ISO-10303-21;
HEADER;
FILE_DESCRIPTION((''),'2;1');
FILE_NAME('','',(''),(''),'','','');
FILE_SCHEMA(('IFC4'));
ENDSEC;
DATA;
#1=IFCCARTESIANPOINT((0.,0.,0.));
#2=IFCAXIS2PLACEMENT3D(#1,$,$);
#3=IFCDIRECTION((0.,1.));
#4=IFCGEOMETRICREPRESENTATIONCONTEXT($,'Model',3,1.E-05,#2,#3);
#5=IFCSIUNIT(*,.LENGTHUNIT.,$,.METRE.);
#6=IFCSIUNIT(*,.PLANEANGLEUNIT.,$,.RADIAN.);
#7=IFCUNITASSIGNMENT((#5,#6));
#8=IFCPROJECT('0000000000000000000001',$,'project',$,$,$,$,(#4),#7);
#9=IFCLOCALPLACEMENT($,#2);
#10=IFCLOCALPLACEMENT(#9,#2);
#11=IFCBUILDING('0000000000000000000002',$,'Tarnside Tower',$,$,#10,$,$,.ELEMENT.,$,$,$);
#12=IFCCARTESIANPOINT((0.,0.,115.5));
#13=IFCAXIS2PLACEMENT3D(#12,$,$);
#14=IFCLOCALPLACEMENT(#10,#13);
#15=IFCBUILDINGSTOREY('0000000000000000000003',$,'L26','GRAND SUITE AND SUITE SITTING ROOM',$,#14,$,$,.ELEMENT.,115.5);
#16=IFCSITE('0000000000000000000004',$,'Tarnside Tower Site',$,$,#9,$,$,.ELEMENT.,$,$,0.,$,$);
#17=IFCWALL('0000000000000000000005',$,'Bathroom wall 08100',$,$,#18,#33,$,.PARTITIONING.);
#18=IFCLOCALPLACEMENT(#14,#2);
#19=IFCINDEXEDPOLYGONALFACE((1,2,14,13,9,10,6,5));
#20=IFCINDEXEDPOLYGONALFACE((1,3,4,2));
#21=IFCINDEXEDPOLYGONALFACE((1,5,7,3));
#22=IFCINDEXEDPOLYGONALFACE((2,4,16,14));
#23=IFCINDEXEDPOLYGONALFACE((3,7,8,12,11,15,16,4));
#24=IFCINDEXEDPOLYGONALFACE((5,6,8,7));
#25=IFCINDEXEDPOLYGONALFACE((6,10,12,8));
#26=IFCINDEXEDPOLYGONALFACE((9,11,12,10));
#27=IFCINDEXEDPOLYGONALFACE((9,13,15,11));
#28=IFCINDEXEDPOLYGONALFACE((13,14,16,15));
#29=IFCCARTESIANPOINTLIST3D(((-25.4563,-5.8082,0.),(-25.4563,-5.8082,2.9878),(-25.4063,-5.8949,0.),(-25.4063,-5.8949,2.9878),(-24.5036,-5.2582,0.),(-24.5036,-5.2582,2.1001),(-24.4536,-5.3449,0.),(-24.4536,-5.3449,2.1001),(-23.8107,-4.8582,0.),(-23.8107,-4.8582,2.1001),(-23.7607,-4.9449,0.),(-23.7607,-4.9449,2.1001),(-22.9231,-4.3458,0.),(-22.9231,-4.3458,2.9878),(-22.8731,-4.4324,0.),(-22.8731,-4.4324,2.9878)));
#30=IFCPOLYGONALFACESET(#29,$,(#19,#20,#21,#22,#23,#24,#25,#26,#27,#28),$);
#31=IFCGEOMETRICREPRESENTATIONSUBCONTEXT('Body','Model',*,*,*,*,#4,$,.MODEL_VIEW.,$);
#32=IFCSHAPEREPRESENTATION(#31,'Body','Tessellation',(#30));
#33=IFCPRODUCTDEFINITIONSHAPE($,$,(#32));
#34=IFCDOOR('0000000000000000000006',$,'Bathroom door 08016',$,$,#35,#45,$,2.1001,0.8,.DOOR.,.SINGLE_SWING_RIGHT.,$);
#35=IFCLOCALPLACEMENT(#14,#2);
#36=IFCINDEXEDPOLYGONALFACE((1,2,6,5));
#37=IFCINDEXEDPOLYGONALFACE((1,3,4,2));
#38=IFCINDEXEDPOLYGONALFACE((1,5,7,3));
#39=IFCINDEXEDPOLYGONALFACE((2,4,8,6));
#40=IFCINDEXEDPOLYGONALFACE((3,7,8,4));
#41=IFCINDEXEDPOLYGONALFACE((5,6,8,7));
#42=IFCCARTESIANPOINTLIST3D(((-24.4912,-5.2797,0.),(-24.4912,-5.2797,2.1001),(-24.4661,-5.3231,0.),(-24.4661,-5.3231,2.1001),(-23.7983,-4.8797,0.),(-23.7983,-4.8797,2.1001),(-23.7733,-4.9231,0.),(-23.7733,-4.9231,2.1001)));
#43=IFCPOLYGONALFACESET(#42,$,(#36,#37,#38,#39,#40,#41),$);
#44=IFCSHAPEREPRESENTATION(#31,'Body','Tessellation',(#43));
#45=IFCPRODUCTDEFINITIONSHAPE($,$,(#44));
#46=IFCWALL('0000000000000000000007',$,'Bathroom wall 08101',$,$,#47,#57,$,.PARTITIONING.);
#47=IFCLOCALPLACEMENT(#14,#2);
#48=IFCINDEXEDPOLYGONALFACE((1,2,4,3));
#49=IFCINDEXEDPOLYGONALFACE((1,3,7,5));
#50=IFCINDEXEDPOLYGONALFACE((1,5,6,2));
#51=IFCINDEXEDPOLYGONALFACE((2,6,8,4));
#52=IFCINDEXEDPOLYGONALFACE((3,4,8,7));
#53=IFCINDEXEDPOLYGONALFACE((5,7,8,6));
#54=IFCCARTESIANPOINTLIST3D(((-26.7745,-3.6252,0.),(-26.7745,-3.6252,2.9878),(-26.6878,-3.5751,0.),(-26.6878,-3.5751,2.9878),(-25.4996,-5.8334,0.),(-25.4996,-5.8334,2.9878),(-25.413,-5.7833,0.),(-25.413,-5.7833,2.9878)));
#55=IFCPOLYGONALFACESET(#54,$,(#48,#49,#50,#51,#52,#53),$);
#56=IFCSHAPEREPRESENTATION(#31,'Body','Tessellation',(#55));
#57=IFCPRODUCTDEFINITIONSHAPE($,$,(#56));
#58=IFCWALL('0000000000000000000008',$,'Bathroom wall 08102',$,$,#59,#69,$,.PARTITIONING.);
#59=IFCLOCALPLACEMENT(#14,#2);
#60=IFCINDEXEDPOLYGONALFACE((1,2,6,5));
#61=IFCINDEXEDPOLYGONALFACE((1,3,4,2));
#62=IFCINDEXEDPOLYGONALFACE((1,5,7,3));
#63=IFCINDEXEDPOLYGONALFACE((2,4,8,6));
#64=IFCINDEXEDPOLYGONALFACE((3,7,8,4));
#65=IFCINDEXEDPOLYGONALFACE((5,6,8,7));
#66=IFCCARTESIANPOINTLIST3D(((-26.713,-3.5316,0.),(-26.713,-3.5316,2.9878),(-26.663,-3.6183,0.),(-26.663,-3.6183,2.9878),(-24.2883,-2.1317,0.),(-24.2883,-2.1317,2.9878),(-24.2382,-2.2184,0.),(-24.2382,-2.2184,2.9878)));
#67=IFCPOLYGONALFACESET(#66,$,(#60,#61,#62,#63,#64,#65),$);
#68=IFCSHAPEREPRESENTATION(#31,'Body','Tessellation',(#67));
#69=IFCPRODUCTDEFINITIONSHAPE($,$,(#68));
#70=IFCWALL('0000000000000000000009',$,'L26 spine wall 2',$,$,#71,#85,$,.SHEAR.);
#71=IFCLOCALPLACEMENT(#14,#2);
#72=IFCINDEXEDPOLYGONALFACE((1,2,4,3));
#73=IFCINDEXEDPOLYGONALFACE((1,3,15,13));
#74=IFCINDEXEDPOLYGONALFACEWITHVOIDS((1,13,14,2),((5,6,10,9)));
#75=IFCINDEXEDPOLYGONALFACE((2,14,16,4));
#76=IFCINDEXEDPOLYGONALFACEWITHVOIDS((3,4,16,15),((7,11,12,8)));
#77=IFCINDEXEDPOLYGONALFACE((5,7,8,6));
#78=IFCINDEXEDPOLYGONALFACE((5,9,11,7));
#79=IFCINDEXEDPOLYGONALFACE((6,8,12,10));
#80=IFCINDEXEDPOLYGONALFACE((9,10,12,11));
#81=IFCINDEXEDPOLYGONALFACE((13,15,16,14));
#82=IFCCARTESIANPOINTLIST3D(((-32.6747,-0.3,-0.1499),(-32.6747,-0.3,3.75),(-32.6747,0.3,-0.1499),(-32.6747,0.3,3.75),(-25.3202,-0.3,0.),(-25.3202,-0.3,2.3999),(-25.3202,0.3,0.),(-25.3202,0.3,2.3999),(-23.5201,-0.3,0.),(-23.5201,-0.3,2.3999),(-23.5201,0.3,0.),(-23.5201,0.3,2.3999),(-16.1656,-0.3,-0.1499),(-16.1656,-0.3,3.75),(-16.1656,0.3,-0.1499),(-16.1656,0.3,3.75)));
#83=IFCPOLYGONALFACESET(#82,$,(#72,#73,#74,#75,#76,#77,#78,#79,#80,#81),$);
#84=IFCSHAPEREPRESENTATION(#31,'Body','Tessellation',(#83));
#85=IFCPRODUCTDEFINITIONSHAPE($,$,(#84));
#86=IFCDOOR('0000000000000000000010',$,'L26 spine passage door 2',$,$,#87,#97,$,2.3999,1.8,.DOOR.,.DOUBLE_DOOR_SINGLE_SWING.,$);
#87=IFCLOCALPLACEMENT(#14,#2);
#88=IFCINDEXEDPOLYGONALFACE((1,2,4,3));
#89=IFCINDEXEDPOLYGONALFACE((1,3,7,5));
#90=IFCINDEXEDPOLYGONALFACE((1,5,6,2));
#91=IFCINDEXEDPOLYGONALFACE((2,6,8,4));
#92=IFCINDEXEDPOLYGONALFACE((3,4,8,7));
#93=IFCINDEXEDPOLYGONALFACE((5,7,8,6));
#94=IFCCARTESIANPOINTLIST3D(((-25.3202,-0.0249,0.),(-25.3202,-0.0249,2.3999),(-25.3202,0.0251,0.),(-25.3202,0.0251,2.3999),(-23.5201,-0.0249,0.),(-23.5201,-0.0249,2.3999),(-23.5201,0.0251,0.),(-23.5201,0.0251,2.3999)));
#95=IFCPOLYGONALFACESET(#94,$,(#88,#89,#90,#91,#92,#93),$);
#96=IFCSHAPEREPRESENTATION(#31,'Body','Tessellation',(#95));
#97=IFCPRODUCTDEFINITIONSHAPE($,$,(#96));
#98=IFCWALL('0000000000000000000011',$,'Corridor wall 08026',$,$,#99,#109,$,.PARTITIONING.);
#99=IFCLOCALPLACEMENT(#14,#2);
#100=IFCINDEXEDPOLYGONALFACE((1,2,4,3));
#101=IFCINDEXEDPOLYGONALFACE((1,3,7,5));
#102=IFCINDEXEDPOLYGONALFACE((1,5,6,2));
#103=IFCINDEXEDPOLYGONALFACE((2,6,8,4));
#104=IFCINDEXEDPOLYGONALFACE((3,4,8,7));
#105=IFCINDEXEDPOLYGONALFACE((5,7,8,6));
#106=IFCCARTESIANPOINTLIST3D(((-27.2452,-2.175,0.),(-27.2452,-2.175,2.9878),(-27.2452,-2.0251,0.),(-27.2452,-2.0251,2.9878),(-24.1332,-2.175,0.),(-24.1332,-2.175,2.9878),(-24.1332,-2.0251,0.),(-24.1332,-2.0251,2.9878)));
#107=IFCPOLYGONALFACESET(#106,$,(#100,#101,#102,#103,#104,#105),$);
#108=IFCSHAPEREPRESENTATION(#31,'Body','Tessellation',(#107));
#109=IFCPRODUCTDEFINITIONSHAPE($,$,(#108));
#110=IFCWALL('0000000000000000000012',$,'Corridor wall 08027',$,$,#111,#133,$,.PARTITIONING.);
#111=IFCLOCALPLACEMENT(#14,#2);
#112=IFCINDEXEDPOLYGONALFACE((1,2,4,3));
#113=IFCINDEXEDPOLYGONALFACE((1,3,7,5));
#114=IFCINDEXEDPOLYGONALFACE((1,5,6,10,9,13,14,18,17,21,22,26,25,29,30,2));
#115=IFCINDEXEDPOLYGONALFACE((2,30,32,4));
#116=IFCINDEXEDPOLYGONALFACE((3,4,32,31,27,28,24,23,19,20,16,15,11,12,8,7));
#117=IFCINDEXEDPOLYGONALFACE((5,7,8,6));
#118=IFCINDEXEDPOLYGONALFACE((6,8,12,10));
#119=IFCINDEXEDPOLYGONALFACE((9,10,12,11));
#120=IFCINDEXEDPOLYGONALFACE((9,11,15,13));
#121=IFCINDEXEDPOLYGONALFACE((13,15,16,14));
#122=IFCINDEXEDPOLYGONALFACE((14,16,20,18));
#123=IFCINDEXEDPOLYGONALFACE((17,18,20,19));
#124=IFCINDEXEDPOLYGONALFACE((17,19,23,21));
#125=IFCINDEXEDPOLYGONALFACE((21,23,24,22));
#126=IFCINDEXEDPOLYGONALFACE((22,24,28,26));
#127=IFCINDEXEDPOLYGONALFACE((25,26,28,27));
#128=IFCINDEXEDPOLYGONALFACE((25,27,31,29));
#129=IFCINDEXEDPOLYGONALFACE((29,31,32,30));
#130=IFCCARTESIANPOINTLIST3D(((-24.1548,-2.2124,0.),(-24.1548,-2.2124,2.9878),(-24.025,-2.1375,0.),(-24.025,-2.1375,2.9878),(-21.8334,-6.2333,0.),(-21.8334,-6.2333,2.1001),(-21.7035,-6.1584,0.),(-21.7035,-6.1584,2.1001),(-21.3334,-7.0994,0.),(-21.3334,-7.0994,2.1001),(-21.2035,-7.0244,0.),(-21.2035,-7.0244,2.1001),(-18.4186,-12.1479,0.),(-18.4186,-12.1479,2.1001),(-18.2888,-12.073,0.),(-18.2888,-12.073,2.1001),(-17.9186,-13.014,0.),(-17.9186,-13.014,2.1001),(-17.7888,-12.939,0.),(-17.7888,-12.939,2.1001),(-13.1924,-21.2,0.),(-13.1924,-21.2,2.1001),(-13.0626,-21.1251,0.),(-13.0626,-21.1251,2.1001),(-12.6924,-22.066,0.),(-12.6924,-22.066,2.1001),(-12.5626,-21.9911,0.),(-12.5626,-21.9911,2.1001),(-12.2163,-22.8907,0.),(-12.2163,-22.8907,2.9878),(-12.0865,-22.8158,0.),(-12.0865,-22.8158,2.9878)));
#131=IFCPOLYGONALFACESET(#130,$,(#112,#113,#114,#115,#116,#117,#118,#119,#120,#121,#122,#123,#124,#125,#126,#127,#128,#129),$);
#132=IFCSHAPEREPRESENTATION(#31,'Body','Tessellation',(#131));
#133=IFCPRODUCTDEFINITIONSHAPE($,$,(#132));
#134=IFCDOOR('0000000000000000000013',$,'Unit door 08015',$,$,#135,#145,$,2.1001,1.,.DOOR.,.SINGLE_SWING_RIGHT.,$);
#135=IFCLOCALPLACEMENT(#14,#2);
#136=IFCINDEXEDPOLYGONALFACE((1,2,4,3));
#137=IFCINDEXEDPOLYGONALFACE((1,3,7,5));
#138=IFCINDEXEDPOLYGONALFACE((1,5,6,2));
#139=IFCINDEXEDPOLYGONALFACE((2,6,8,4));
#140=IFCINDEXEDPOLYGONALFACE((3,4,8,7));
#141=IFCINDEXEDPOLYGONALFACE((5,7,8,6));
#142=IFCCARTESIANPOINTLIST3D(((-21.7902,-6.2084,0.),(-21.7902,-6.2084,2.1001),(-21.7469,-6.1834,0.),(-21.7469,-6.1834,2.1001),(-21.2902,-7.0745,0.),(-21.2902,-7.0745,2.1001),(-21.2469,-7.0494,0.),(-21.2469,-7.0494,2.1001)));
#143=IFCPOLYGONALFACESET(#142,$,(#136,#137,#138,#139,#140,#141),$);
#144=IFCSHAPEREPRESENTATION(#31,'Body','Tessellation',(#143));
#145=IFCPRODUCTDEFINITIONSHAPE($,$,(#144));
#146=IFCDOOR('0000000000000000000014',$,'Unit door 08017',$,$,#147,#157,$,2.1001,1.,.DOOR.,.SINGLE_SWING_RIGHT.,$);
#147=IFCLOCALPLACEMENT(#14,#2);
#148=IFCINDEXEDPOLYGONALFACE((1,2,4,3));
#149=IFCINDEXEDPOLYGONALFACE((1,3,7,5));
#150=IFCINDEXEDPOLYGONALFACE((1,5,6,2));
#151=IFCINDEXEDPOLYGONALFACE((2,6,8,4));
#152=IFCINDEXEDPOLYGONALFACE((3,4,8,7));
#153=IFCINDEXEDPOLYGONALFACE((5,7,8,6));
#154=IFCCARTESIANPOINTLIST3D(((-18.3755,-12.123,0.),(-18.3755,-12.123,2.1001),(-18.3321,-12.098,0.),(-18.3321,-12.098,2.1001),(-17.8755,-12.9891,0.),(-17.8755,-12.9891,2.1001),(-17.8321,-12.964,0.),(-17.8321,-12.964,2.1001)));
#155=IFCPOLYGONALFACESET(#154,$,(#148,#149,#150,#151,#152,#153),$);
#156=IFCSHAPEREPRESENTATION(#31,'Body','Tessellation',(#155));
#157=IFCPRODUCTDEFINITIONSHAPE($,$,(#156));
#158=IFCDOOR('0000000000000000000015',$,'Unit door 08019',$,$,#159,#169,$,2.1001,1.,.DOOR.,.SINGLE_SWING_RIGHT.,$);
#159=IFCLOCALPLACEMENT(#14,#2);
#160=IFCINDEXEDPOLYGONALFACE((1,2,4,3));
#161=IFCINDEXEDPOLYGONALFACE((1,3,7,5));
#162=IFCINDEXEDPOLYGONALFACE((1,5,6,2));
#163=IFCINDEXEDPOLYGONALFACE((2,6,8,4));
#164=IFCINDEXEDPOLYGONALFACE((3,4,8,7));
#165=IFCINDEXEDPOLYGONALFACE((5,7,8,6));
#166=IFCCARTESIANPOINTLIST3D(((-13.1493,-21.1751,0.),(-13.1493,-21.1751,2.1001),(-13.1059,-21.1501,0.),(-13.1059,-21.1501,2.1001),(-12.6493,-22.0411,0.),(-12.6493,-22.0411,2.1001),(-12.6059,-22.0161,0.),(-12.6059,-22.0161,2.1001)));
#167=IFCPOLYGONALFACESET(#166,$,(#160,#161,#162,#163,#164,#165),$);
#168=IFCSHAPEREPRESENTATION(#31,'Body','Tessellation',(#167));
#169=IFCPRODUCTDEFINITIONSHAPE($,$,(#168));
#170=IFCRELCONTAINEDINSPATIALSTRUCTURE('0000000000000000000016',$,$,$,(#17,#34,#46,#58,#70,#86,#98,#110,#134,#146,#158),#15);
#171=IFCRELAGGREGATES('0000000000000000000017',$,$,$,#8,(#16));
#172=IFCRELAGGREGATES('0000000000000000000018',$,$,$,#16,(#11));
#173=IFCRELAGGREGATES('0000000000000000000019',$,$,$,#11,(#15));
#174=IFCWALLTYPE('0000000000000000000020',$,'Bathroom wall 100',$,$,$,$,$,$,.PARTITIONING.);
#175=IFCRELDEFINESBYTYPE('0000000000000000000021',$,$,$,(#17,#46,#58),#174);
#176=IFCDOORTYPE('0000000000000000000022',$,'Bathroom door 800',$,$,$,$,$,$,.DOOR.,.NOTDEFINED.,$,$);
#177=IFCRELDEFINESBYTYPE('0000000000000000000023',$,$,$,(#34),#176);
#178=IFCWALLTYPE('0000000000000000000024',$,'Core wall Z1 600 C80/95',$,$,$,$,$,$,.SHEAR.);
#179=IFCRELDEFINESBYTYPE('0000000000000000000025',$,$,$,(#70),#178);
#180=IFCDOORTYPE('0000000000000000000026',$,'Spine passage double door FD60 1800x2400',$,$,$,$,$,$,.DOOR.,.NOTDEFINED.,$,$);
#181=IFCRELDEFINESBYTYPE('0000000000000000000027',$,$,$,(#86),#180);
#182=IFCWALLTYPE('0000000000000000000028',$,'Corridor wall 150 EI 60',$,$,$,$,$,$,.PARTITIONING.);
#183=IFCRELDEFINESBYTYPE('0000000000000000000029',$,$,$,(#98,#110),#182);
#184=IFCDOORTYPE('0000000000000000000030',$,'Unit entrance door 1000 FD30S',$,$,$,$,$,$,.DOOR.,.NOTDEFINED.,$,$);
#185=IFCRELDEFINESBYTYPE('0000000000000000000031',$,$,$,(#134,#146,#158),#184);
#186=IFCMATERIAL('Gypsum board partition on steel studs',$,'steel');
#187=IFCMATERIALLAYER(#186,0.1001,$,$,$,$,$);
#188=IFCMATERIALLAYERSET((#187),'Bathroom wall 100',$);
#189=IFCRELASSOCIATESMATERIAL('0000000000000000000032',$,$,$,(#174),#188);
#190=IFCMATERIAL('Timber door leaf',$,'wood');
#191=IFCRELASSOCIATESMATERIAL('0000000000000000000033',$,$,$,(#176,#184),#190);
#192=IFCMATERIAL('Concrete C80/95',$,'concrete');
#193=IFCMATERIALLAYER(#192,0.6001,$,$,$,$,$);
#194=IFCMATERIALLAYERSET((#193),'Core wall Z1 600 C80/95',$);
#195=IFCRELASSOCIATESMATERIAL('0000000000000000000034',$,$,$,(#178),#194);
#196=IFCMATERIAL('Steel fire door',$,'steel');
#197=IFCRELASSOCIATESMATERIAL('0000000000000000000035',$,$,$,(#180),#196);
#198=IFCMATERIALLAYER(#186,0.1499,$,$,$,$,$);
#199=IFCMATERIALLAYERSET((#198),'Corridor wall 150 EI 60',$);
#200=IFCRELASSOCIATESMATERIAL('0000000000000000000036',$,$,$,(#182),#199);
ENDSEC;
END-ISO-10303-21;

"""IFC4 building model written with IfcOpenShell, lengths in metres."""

from ifc_helpers import new_model, si_unit, direction, frame, frame_2d, origin, place, context, subcontext, project, spatial, rectangle, extrude, material, layer, layer_set, type_object, element, fill, save


model = new_model("IFC4")

# Units and contexts
model_context = context("Model", 3, precision=1e-05, world=origin(), true_north=direction((0.0, 1.0)))
body_context = subcontext(model_context, "Body", "Model", "MODEL_VIEW")
ifc_project = project(units=[si_unit("LENGTHUNIT", "METRE"), si_unit("PLANEANGLEUNIT", "RADIAN")], contexts=[model_context])

# Site, building, storey
site_placement = place(None, origin())
site = spatial("IfcSite", under=ifc_project, at=site_placement, Name="Tarnside Tower Site", CompositionType="ELEMENT", RefElevation=0.0)
building_placement = place(site_placement, origin())
building = spatial("IfcBuilding", under=site, at=building_placement, Name="Tarnside Tower", CompositionType="ELEMENT")
storey_placement = place(building_placement, frame((0.0, 0.0, 115.5)))
storey = spatial("IfcBuildingStorey", under=building, at=storey_placement, Name="L26", Description="GRAND SUITE AND SUITE SITTING ROOM", CompositionType="ELEMENT", Elevation=115.5)

# Wall, opening, door
ifc_material_1 = material(Name="Gypsum board partition on steel studs", Category="steel")
ifc_layer_1 = layer(ifc_material_1, 0.1001)
ifc_layer_set_1 = layer_set([ifc_layer_1], Name="Bathroom wall 100")
wall_type_1 = type_object("IfcWallType", Name="Bathroom wall 100", PredefinedType="PARTITIONING", material=ifc_layer_set_1)
wall_1_placement = place(storey_placement, frame((-22.8982, -4.3892, 0.0), z_axis=(0.0, 0.0, 1.0), x_axis=(-0.866047, -0.499963, 0.0)))
wall_1 = element("IfcWall", 1, at=wall_1_placement, inside=storey, type_object=wall_type_1, Name="Bathroom wall 08100", PredefinedType="PARTITIONING", context=body_context, shape_type="SweptSolid", body=[
    extrude(rectangle(XDim=2.925, YDim=0.1001, at=frame_2d((1.4624, 0.0))), origin(), (0.0, 0.0, 1.0), 2.9878),
])
opening_1_placement = place(wall_1_placement, frame((1.0249, 0.0, 0.0)))
opening_1 = element("IfcOpeningElement", 2, at=opening_1_placement, cuts=wall_1, PredefinedType="OPENING", context=body_context, shape_type="SweptSolid", body=[
    extrude(rectangle(XDim=0.8, YDim=2.1001, at=frame_2d((0.3999, 1.05))), frame((0.0, 0.0601, 0.0), z_axis=(0.0, -1.0, 0.0), x_axis=(1.0, 0.0, 0.0)), (0.0, 0.0, 1.0), 0.1201),
])
ifc_material_2 = material(Name="Timber door leaf", Category="wood")
door_type_1 = type_object("IfcDoorType", Name="Bathroom door 800", OperationType="NOTDEFINED", PredefinedType="DOOR", material=ifc_material_2)
door_1_placement = place(opening_1_placement, origin())
door_1 = element("IfcDoor", 3, at=door_1_placement, inside=storey, type_object=door_type_1, Name="Bathroom door 08016", OperationType="SINGLE_SWING_RIGHT", OverallHeight=2.1001, OverallWidth=0.8, PredefinedType="DOOR", context=body_context, shape_type="SweptSolid", body=[
    extrude(rectangle(XDim=0.8, YDim=2.1001, at=frame_2d((0.3999, 1.05))), frame((0.0, 0.0249, 0.0), z_axis=(0.0, -1.0, 0.0), x_axis=(1.0, 0.0, 0.0)), (0.0, 0.0, 1.0), 0.05),
])
fill(opening_1, door_1)

# Walls
wall_2_placement = place(storey_placement, frame((-25.4563, -5.8083, 0.0), z_axis=(0.0, 0.0, 1.0), x_axis=(-0.49999, 0.866031, 0.0)))
element("IfcWall", 4, at=wall_2_placement, inside=storey, type_object=wall_type_1, Name="Bathroom wall 08101", PredefinedType="PARTITIONING", context=body_context, shape_type="SweptSolid", body=[
    extrude(rectangle(XDim=2.5498, YDim=0.1001, at=frame_2d((1.2749, 0.0))), origin(), (0.0, 0.0, 1.0), 2.9878),
])
wall_3_placement = place(storey_placement, frame((-26.688, -3.575, 0.0), z_axis=(0.0, 0.0, 1.0), x_axis=(0.866035, 0.499984, 0.0)))
element("IfcWall", 5, at=wall_3_placement, inside=storey, type_object=wall_type_1, Name="Bathroom wall 08102", PredefinedType="PARTITIONING", context=body_context, shape_type="SweptSolid", body=[
    extrude(rectangle(XDim=2.7998, YDim=0.1001, at=frame_2d((1.3999, 0.0))), origin(), (0.0, 0.0, 1.0), 2.9878),
])

# Wall, opening, door
ifc_material_3 = material(Name="Concrete C80/95", Category="concrete")
ifc_layer_2 = layer(ifc_material_3, 0.6001)
ifc_layer_set_2 = layer_set([ifc_layer_2], Name="Core wall Z1 600 C80/95")
wall_type_2 = type_object("IfcWallType", Name="Core wall Z1 600 C80/95", PredefinedType="SHEAR", material=ifc_layer_set_2)
wall_4_placement = place(storey_placement, frame((-16.1658, 0.0, -0.1499), z_axis=(0.0, 0.0, 1.0), x_axis=(-1.0, 0.0, 0.0)))
wall_4 = element("IfcWall", 6, at=wall_4_placement, inside=storey, type_object=wall_type_2, Name="L26 spine wall 2", PredefinedType="SHEAR", context=body_context, shape_type="SweptSolid", body=[
    extrude(rectangle(XDim=16.509, YDim=0.6001, at=frame_2d((8.2544, 0.0))), origin(), (0.0, 0.0, 1.0), 3.8999),
])
opening_2_placement = place(wall_4_placement, frame((7.3545, 0.0, 0.1499)))
opening_2 = element("IfcOpeningElement", 7, at=opening_2_placement, cuts=wall_4, PredefinedType="OPENING", context=body_context, shape_type="SweptSolid", body=[
    extrude(rectangle(XDim=1.8, YDim=2.3999, at=frame_2d((0.8999, 1.2))), frame((0.0, 0.3101, 0.0), z_axis=(0.0, -1.0, 0.0), x_axis=(1.0, 0.0, 0.0)), (0.0, 0.0, 1.0), 0.6201),
])
ifc_material_4 = material(Name="Steel fire door", Category="steel")
door_type_2 = type_object("IfcDoorType", Name="Spine passage double door FD60 1800x2400", OperationType="NOTDEFINED", PredefinedType="DOOR", material=ifc_material_4)
door_2_placement = place(opening_2_placement, origin())
door_2 = element("IfcDoor", 8, at=door_2_placement, inside=storey, type_object=door_type_2, Name="L26 spine passage door 2", OperationType="DOUBLE_DOOR_SINGLE_SWING", OverallHeight=2.3999, OverallWidth=1.8, PredefinedType="DOOR", context=body_context, shape_type="SweptSolid", body=[
    extrude(rectangle(XDim=1.8, YDim=2.3999, at=frame_2d((0.8999, 1.2))), frame((0.0, 0.0249, 0.0), z_axis=(0.0, -1.0, 0.0), x_axis=(1.0, 0.0, 0.0)), (0.0, 0.0, 1.0), 0.05),
])
fill(opening_2, door_2)

# Wall
ifc_layer_3 = layer(ifc_material_1, 0.1499)
ifc_layer_set_3 = layer_set([ifc_layer_3], Name="Corridor wall 150 EI 60")
wall_type_3 = type_object("IfcWallType", Name="Corridor wall 150 EI 60", PredefinedType="PARTITIONING", material=ifc_layer_set_3)
wall_5_placement = place(storey_placement, frame((-27.2454, -2.1001, 0.0), z_axis=(0.0, 0.0, 1.0), x_axis=(1.0, 0.0, 0.0)))
element("IfcWall", 9, at=wall_5_placement, inside=storey, type_object=wall_type_3, Name="Corridor wall 08026", PredefinedType="PARTITIONING", context=body_context, shape_type="SweptSolid", body=[
    extrude(rectangle(XDim=3.1121, YDim=0.1499, at=frame_2d((1.5562, 0.0))), origin(), (0.0, 0.0, 1.0), 2.9878),
])

# Wall, openings, doors
wall_6_placement = place(storey_placement, frame((-24.0898, -2.175, 0.0), z_axis=(0.0, 0.0, 1.0), x_axis=(0.499997, -0.866027, 0.0)))
wall_6 = element("IfcWall", 10, at=wall_6_placement, inside=storey, type_object=wall_type_3, Name="Corridor wall 08027", PredefinedType="PARTITIONING", context=body_context, shape_type="SweptSolid", body=[
    extrude(rectangle(XDim=23.8772, YDim=0.1499, at=frame_2d((11.9385, 0.0))), origin(), (0.0, 0.0, 1.0), 2.9878),
])
opening_3_placement = place(wall_6_placement, frame((4.6428, 0.0, 0.0)))
opening_3 = element("IfcOpeningElement", 11, at=opening_3_placement, cuts=wall_6, PredefinedType="OPENING", context=body_context, shape_type="SweptSolid", body=[
    extrude(rectangle(XDim=1.0, YDim=2.1001, at=frame_2d((0.5, 1.05))), frame((0.0, 0.085, 0.0), z_axis=(0.0, -1.0, 0.0), x_axis=(1.0, 0.0, 0.0)), (0.0, 0.0, 1.0), 0.1699),
])
opening_4_placement = place(wall_6_placement, frame((11.4724, 0.0, 0.0)))
opening_4 = element("IfcOpeningElement", 12, at=opening_4_placement, cuts=wall_6, PredefinedType="OPENING", context=body_context, shape_type="SweptSolid", body=[
    extrude(rectangle(XDim=1.0, YDim=2.1001, at=frame_2d((0.5, 1.05))), frame((0.0, 0.085, 0.0), z_axis=(0.0, -1.0, 0.0), x_axis=(1.0, 0.0, 0.0)), (0.0, 0.0, 1.0), 0.1699),
])
opening_5_placement = place(wall_6_placement, frame((21.9248, 0.0, 0.0)))
opening_5 = element("IfcOpeningElement", 13, at=opening_5_placement, cuts=wall_6, PredefinedType="OPENING", context=body_context, shape_type="SweptSolid", body=[
    extrude(rectangle(XDim=1.0, YDim=2.1001, at=frame_2d((0.5, 1.05))), frame((0.0, 0.085, 0.0), z_axis=(0.0, -1.0, 0.0), x_axis=(1.0, 0.0, 0.0)), (0.0, 0.0, 1.0), 0.1699),
])
door_type_3 = type_object("IfcDoorType", Name="Unit entrance door 1000 FD30S", OperationType="NOTDEFINED", PredefinedType="DOOR", material=ifc_material_2)
door_3_placement = place(opening_3_placement, origin())
door_3 = element("IfcDoor", 14, at=door_3_placement, inside=storey, type_object=door_type_3, Name="Unit door 08015", OperationType="SINGLE_SWING_RIGHT", OverallHeight=2.1001, OverallWidth=1.0, PredefinedType="DOOR", context=body_context, shape_type="SweptSolid", body=[
    extrude(rectangle(XDim=1.0, YDim=2.1001, at=frame_2d((0.5, 1.05))), frame((0.0, 0.0249, 0.0), z_axis=(0.0, -1.0, 0.0), x_axis=(1.0, 0.0, 0.0)), (0.0, 0.0, 1.0), 0.05),
])
fill(opening_3, door_3)
door_4_placement = place(opening_4_placement, origin())
door_4 = element("IfcDoor", 15, at=door_4_placement, inside=storey, type_object=door_type_3, Name="Unit door 08017", OperationType="SINGLE_SWING_RIGHT", OverallHeight=2.1001, OverallWidth=1.0, PredefinedType="DOOR", context=body_context, shape_type="SweptSolid", body=[
    extrude(rectangle(XDim=1.0, YDim=2.1001, at=frame_2d((0.5, 1.05))), frame((0.0, 0.0249, 0.0), z_axis=(0.0, -1.0, 0.0), x_axis=(1.0, 0.0, 0.0)), (0.0, 0.0, 1.0), 0.05),
])
fill(opening_4, door_4)
door_5_placement = place(opening_5_placement, origin())
door_5 = element("IfcDoor", 16, at=door_5_placement, inside=storey, type_object=door_type_3, Name="Unit door 08019", OperationType="SINGLE_SWING_RIGHT", OverallHeight=2.1001, OverallWidth=1.0, PredefinedType="DOOR", context=body_context, shape_type="SweptSolid", body=[
    extrude(rectangle(XDim=1.0, YDim=2.1001, at=frame_2d((0.5, 1.05))), frame((0.0, 0.0249, 0.0), z_axis=(0.0, -1.0, 0.0), x_axis=(1.0, 0.0, 0.0)), (0.0, 0.0, 1.0), 0.05),
])
fill(opening_5, door_5)

save(model, "model.ifc")
